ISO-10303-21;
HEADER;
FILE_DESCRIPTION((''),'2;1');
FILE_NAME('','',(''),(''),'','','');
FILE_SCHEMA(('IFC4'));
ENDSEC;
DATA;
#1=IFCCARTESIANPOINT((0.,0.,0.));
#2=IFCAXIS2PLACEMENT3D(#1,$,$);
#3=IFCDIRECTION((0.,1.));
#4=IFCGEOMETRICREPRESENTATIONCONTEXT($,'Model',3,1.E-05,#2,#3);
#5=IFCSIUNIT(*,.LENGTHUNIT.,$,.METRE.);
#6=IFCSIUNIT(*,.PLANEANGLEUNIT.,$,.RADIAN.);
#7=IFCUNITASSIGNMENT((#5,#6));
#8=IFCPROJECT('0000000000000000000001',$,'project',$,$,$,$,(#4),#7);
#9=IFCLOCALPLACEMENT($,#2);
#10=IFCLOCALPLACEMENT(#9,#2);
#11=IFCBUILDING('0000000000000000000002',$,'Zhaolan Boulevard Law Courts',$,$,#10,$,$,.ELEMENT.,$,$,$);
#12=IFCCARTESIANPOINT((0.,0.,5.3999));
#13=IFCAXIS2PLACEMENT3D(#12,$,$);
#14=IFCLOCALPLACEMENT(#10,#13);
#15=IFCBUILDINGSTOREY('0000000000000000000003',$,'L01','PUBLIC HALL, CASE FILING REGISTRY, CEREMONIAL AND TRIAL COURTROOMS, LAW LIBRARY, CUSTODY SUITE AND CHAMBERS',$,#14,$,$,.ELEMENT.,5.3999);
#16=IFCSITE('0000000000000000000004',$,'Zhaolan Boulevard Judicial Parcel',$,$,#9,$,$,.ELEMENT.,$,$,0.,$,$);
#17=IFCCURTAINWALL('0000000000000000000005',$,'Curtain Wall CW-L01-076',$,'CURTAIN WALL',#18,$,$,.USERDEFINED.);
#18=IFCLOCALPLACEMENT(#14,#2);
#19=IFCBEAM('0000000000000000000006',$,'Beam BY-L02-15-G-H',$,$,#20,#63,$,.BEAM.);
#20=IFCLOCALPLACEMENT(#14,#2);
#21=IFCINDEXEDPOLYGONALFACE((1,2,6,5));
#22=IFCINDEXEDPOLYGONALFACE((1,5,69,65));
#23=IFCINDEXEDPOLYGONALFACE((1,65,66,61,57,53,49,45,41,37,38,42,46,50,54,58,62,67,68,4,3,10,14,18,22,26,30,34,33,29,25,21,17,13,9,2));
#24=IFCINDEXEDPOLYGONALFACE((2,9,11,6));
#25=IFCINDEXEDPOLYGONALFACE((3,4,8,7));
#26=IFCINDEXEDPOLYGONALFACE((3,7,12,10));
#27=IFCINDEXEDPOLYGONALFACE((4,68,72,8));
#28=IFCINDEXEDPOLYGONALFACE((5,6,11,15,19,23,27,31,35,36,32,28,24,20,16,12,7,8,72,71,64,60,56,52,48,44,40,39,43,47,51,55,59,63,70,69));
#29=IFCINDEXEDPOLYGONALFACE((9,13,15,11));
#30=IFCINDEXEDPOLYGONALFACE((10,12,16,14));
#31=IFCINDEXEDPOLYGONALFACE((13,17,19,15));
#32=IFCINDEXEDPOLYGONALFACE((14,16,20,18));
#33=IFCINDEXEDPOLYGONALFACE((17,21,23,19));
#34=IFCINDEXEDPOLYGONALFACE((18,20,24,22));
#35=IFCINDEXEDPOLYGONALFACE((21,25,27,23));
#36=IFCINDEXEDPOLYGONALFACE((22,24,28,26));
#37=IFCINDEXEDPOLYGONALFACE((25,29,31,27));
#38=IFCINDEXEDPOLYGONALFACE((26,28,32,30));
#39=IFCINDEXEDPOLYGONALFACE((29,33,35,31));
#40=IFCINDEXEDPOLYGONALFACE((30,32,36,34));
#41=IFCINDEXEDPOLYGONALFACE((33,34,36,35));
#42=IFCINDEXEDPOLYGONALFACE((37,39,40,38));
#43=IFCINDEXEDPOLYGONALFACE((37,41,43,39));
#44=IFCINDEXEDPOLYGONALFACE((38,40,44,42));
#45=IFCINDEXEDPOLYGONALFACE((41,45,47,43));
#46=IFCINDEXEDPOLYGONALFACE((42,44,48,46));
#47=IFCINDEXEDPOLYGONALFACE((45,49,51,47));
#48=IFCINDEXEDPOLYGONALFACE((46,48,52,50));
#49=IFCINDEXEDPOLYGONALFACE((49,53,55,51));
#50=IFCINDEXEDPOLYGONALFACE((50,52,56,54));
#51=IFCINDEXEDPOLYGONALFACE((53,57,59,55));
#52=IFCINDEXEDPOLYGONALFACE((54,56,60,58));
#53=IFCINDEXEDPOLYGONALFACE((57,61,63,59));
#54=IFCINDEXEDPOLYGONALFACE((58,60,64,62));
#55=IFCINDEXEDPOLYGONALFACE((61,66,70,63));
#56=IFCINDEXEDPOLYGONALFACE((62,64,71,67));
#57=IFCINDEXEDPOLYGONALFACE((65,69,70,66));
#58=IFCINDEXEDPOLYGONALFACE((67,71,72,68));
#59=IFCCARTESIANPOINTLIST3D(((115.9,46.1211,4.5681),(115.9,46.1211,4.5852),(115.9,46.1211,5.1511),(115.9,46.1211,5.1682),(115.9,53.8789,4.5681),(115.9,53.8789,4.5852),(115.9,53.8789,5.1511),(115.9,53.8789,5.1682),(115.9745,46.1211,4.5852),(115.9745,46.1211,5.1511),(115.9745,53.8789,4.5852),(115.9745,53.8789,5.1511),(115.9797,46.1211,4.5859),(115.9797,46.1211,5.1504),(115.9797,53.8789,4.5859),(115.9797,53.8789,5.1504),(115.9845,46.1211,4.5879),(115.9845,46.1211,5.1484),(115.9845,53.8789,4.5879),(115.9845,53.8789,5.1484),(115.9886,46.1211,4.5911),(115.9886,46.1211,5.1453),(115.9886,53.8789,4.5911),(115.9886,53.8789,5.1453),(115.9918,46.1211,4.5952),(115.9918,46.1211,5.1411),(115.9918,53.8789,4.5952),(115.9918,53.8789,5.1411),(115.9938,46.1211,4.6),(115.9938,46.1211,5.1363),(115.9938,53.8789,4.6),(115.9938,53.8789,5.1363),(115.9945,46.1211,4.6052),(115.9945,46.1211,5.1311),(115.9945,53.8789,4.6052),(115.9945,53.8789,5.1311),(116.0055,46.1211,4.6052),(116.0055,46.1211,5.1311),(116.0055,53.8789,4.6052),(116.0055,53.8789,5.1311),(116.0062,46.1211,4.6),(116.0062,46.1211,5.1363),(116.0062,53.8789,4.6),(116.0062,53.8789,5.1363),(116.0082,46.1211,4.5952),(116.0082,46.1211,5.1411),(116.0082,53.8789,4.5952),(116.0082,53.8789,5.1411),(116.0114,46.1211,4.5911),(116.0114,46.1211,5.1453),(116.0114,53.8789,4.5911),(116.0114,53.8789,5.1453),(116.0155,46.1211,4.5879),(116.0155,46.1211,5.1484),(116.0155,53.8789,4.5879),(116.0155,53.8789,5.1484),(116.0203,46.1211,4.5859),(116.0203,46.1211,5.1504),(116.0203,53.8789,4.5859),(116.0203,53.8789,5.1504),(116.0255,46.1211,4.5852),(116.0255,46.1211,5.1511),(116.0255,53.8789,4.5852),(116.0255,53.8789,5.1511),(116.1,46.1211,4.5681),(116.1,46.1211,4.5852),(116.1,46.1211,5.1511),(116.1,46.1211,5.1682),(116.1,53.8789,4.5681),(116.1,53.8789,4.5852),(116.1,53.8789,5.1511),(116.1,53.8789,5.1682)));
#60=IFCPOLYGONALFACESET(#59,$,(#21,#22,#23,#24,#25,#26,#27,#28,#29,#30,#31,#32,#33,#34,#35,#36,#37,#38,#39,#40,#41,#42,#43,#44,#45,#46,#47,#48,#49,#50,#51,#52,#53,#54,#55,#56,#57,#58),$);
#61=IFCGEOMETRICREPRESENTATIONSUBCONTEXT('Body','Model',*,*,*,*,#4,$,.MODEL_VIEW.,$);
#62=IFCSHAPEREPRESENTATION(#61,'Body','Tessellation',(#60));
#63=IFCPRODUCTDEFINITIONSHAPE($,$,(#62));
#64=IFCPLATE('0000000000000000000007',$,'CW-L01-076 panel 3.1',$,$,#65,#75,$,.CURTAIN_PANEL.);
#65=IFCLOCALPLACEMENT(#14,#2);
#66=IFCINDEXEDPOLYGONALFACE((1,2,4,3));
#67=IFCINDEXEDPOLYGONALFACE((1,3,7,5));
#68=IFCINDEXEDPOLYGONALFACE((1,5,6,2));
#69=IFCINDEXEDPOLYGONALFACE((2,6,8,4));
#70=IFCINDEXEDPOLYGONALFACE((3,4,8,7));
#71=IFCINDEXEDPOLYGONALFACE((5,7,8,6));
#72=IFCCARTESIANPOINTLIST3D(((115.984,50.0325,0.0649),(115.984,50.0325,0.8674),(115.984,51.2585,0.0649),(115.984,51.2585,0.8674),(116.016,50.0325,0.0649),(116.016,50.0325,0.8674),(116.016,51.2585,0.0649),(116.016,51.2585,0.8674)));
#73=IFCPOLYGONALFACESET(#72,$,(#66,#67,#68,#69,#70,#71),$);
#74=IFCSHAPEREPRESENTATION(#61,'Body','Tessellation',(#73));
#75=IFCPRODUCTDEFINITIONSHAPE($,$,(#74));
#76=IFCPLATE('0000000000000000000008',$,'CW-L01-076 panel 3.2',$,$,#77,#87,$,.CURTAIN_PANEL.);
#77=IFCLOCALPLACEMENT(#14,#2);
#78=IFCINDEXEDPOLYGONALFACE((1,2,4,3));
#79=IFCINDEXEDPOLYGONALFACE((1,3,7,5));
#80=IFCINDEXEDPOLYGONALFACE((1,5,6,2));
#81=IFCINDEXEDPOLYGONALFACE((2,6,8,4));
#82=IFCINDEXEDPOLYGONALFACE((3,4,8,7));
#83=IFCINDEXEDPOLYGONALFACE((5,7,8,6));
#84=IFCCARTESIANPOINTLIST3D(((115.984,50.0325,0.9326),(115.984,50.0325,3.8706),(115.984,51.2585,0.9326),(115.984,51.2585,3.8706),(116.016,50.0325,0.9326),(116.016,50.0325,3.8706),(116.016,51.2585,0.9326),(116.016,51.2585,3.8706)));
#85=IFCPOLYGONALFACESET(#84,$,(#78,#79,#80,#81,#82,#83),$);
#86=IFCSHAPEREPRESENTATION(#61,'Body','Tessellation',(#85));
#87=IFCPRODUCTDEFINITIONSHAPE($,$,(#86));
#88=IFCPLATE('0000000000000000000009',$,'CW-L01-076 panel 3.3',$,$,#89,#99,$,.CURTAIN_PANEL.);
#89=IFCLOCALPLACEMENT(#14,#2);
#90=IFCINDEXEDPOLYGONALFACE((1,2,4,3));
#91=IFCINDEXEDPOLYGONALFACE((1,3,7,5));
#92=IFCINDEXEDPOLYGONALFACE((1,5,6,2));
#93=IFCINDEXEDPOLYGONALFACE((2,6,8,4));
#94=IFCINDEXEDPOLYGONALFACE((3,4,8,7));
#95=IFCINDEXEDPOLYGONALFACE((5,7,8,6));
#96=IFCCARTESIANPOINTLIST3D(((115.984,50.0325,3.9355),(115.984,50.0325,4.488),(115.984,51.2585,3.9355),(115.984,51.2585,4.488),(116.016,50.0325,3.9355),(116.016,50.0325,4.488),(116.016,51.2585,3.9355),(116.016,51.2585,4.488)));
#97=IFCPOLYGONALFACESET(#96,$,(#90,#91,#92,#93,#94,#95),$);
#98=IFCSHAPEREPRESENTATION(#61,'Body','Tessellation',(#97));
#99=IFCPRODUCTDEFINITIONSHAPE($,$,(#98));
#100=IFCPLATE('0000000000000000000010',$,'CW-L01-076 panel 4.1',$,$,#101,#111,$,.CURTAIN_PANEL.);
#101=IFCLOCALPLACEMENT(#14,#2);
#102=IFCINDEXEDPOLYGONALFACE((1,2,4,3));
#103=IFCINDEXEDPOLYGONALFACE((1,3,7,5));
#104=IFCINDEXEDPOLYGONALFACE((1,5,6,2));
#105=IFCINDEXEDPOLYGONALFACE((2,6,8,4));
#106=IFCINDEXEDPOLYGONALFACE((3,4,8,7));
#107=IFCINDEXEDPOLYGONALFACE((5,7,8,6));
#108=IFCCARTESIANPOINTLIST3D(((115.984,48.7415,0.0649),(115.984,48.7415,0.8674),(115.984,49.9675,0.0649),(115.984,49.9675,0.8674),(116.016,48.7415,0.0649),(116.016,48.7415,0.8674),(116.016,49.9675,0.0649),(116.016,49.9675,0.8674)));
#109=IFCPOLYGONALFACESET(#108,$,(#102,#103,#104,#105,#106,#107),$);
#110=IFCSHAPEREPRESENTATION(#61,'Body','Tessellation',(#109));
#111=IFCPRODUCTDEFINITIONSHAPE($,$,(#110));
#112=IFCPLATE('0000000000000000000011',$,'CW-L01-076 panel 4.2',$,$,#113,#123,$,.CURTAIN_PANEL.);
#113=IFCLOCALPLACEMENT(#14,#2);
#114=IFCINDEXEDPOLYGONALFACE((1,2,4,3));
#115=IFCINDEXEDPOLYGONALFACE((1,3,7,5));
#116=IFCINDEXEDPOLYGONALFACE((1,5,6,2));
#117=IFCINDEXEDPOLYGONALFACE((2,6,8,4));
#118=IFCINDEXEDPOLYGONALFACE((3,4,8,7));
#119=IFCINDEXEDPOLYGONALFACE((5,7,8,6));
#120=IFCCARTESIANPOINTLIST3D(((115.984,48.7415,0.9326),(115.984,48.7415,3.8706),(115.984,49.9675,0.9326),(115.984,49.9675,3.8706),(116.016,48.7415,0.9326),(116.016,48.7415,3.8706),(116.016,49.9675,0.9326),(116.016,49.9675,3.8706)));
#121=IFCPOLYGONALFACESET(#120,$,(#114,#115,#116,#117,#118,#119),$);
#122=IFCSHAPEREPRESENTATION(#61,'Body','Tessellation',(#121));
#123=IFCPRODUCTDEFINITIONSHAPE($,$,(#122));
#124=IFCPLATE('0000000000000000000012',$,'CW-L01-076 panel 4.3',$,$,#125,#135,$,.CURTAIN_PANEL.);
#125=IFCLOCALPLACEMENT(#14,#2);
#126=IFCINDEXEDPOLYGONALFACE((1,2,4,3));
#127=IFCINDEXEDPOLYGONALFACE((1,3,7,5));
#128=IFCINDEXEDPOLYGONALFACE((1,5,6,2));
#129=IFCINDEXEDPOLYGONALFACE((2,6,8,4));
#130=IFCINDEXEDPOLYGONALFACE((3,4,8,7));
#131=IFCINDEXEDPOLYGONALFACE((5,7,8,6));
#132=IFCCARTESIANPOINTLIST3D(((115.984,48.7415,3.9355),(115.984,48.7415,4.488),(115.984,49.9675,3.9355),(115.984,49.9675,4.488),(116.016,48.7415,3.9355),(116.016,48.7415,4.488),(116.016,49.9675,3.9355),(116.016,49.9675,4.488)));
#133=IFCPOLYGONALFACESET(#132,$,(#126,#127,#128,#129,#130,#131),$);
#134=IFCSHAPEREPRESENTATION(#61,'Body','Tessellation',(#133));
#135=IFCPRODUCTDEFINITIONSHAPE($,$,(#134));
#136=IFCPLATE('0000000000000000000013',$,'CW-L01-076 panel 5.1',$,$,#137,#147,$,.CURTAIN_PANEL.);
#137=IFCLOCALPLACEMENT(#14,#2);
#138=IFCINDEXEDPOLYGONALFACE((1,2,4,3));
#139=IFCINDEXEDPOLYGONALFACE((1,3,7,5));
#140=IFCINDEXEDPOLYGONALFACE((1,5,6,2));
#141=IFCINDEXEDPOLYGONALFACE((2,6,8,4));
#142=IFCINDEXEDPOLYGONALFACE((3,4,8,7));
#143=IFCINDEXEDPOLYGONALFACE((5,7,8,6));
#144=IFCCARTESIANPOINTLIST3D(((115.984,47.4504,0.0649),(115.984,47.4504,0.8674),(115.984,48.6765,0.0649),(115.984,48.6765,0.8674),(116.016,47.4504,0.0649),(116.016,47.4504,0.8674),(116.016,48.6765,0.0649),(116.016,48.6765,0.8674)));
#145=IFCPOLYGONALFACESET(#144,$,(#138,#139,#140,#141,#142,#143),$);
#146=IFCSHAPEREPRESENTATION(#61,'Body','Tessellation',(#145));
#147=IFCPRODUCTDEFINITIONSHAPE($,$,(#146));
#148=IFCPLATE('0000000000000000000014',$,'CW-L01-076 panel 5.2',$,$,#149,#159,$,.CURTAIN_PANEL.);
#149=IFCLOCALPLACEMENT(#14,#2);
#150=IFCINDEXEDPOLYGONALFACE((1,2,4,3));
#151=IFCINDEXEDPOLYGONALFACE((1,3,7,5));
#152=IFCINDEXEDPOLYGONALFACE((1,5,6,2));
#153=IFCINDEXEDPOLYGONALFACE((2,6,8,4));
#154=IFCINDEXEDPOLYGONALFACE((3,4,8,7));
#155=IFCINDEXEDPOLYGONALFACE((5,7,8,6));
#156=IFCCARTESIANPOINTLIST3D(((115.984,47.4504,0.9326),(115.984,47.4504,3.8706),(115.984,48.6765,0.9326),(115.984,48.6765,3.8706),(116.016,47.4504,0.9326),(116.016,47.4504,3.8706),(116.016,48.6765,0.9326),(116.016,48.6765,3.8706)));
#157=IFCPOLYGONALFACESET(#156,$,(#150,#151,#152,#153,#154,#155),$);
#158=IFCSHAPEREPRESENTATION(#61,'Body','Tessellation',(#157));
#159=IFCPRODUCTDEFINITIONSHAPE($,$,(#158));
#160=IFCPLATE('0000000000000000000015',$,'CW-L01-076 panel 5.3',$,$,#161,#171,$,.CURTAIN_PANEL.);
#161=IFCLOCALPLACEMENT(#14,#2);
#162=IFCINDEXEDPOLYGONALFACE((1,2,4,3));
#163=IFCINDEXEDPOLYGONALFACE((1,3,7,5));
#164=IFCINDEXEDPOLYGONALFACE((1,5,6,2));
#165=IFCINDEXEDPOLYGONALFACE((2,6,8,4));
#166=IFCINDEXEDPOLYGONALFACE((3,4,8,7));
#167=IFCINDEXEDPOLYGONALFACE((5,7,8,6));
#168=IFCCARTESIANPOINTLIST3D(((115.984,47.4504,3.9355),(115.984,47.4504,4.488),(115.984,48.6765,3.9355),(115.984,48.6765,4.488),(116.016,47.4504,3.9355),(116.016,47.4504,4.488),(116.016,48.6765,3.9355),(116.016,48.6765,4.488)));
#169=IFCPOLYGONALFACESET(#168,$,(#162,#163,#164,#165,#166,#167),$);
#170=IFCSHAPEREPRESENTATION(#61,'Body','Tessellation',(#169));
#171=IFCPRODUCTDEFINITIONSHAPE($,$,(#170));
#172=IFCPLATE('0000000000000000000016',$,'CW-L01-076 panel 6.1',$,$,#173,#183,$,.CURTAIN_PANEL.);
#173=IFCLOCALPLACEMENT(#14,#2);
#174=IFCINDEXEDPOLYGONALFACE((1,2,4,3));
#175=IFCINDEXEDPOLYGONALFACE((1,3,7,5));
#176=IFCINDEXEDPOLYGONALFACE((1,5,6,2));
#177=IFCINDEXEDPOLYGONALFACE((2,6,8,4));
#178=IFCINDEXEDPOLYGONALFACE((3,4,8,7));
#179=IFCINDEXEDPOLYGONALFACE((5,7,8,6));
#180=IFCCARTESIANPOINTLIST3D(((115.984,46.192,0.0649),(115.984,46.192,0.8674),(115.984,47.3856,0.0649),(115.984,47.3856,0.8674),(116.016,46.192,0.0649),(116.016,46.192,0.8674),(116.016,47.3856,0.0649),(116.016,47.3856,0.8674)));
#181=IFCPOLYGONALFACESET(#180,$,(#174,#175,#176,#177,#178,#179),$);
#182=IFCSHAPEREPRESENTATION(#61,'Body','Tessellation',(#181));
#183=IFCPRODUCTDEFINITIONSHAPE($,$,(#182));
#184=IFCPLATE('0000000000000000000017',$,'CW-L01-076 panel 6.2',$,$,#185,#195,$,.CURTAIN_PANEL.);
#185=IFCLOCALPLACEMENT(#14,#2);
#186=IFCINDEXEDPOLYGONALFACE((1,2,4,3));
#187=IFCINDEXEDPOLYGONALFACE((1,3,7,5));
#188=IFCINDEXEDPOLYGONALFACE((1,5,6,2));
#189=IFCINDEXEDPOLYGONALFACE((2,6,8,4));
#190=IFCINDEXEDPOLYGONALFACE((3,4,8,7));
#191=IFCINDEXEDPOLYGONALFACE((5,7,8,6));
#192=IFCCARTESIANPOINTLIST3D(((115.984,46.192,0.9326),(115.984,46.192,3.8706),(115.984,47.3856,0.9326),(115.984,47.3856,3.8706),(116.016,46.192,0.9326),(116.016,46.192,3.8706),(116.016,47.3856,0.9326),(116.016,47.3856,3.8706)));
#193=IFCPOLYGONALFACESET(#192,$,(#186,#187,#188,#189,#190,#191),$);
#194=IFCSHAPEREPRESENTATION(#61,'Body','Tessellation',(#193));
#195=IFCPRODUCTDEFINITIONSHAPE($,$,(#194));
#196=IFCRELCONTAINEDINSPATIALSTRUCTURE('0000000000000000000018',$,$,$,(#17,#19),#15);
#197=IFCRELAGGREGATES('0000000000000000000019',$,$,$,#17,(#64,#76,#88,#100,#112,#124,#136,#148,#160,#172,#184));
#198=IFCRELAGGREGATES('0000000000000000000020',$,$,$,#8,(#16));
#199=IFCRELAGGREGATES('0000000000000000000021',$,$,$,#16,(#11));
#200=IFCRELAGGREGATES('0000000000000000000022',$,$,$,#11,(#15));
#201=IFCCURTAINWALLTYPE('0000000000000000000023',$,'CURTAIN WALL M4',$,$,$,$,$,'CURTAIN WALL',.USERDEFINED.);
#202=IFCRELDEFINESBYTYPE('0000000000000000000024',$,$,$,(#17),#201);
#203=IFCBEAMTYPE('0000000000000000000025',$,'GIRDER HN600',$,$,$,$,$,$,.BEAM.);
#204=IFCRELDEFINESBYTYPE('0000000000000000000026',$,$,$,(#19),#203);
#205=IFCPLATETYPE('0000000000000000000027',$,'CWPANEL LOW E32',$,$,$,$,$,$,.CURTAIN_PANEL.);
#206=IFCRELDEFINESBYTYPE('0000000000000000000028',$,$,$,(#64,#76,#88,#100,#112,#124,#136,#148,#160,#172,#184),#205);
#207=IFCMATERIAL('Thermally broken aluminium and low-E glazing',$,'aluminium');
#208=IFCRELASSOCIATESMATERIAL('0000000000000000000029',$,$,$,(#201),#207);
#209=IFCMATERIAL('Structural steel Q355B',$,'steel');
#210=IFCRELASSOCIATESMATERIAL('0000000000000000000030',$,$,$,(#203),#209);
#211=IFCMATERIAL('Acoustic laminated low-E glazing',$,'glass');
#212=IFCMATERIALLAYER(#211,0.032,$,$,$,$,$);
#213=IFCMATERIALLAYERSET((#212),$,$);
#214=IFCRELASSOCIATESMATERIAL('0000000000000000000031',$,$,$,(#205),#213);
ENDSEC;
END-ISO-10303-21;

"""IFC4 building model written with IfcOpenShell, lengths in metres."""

from ifc_helpers import new_model, si_unit, direction, frame, origin, origin_2d, place, context, subcontext, project, spatial, rectangle, i_section, extrude, material, layer, layer_set, material_profile, profile_set, type_object, element, aggregate, save


model = new_model("IFC4")

# Units and contexts
model_context = context("Model", 3, precision=1e-05, world=origin(), true_north=direction((0.0, 1.0)))
body_context = subcontext(model_context, "Body", "Model", "MODEL_VIEW")
ifc_project = project(units=[si_unit("LENGTHUNIT", "METRE"), si_unit("PLANEANGLEUNIT", "RADIAN")], contexts=[model_context])

# Site, building, storey
site_placement = place(None, origin())
site = spatial("IfcSite", under=ifc_project, at=site_placement, Name="Zhaolan Boulevard Judicial Parcel", CompositionType="ELEMENT", RefElevation=0.0)
building_placement = place(site_placement, origin())
building = spatial("IfcBuilding", under=site, at=building_placement, Name="Zhaolan Boulevard Law Courts", CompositionType="ELEMENT")
storey_placement = place(building_placement, frame((0.0, 0.0, 5.3999)))
storey = spatial("IfcBuildingStorey", under=building, at=storey_placement, Name="L01", Description="PUBLIC HALL, CASE FILING REGISTRY, CEREMONIAL AND TRIAL COURTROOMS, LAW LIBRARY, CUSTODY SUITE AND CHAMBERS", CompositionType="ELEMENT", Elevation=5.3999)

# Curtain wall
ifc_material_1 = material(Name="Thermally broken aluminium and low-E glazing", Category="aluminium")
curtain_wall_type_1 = type_object("IfcCurtainWallType", Name="CURTAIN WALL M4", ElementType="CURTAIN WALL", PredefinedType="USERDEFINED", material=ifc_material_1)
curtain_wall_1_placement = place(storey_placement, origin())
curtain_wall_1 = element("IfcCurtainWall", 1, at=curtain_wall_1_placement, inside=storey, type_object=curtain_wall_type_1, Name="Curtain Wall CW-L01-076", ObjectType="CURTAIN WALL", PredefinedType="USERDEFINED")

# Beam
ifc_material_2 = material(Name="Structural steel Q355B", Category="steel")
ifc_material_profile_1 = material_profile(ifc_material_2, i_section(OverallWidth=0.2, OverallDepth=0.6001, WebThickness=0.011, FlangeThickness=0.0171, FilletRadius=0.02, at=origin_2d()), Name="HN600x200")
ifc_profile_set_1 = profile_set([ifc_material_profile_1], Name="Structural steel Q355B")
beam_type = type_object("IfcBeamType", Name="GIRDER HN600", PredefinedType="BEAM", material=ifc_profile_set_1)
beam_placement = place(storey_placement, frame((116.0, 46.1211, 4.8682), z_axis=(0.0, 1.0, 0.0), x_axis=(-1.0, 0.0, 0.0)))
element("IfcBeam", 2, at=beam_placement, inside=storey, type_object=beam_type, Name="Beam BY-L02-15-G-H", PredefinedType="BEAM", context=body_context, shape_type="SweptSolid", body=[
    extrude(i_section(OverallWidth=0.2, OverallDepth=0.6001, WebThickness=0.011, FlangeThickness=0.0171, FilletRadius=0.02, at=origin_2d()), origin(), (0.0, 0.0, 1.0), 7.7578),
])

# Plates
ifc_material_3 = material(Name="Acoustic laminated low-E glazing", Category="glass")
ifc_layer = layer(ifc_material_3, 0.032)
ifc_layer_set = layer_set([ifc_layer])
plate_type = type_object("IfcPlateType", Name="CWPANEL LOW E32", PredefinedType="CURTAIN_PANEL", material=ifc_layer_set)
plate_1_placement = place(storey_placement, frame((116.0, 50.6455, 0.0649), z_axis=(0.0, 0.0, 1.0), x_axis=(0.0, -1.0, 0.0)))
plate_1 = element("IfcPlate", 3, at=plate_1_placement, type_object=plate_type, Name="CW-L01-076 panel 3.1", PredefinedType="CURTAIN_PANEL", context=body_context, shape_type="SweptSolid", body=[
    extrude(rectangle(XDim=1.2261, YDim=0.032, at=origin_2d()), origin(), (0.0, 0.0, 1.0), 0.8025),
])
plate_2_placement = place(storey_placement, frame((116.0, 50.6455, 0.9326), z_axis=(0.0, 0.0, 1.0), x_axis=(0.0, -1.0, 0.0)))
plate_2 = element("IfcPlate", 4, at=plate_2_placement, type_object=plate_type, Name="CW-L01-076 panel 3.2", PredefinedType="CURTAIN_PANEL", context=body_context, shape_type="SweptSolid", body=[
    extrude(rectangle(XDim=1.2261, YDim=0.032, at=origin_2d()), origin(), (0.0, 0.0, 1.0), 2.938),
])
plate_3_placement = place(storey_placement, frame((116.0, 50.6455, 3.9355), z_axis=(0.0, 0.0, 1.0), x_axis=(0.0, -1.0, 0.0)))
plate_3 = element("IfcPlate", 5, at=plate_3_placement, type_object=plate_type, Name="CW-L01-076 panel 3.3", PredefinedType="CURTAIN_PANEL", context=body_context, shape_type="SweptSolid", body=[
    extrude(rectangle(XDim=1.2261, YDim=0.032, at=origin_2d()), origin(), (0.0, 0.0, 1.0), 0.5525),
])
plate_4_placement = place(storey_placement, frame((116.0, 49.3545, 0.0649), z_axis=(0.0, 0.0, 1.0), x_axis=(0.0, -1.0, 0.0)))
plate_4 = element("IfcPlate", 6, at=plate_4_placement, type_object=plate_type, Name="CW-L01-076 panel 4.1", PredefinedType="CURTAIN_PANEL", context=body_context, shape_type="SweptSolid", body=[
    extrude(rectangle(XDim=1.2261, YDim=0.032, at=origin_2d()), origin(), (0.0, 0.0, 1.0), 0.8025),
])
plate_5_placement = place(storey_placement, frame((116.0, 49.3545, 0.9326), z_axis=(0.0, 0.0, 1.0), x_axis=(0.0, -1.0, 0.0)))
plate_5 = element("IfcPlate", 7, at=plate_5_placement, type_object=plate_type, Name="CW-L01-076 panel 4.2", PredefinedType="CURTAIN_PANEL", context=body_context, shape_type="SweptSolid", body=[
    extrude(rectangle(XDim=1.2261, YDim=0.032, at=origin_2d()), origin(), (0.0, 0.0, 1.0), 2.938),
])
plate_6_placement = place(storey_placement, frame((116.0, 49.3545, 3.9355), z_axis=(0.0, 0.0, 1.0), x_axis=(0.0, -1.0, 0.0)))
plate_6 = element("IfcPlate", 8, at=plate_6_placement, type_object=plate_type, Name="CW-L01-076 panel 4.3", PredefinedType="CURTAIN_PANEL", context=body_context, shape_type="SweptSolid", body=[
    extrude(rectangle(XDim=1.2261, YDim=0.032, at=origin_2d()), origin(), (0.0, 0.0, 1.0), 0.5525),
])
plate_7_placement = place(storey_placement, frame((116.0, 48.0635, 0.0649), z_axis=(0.0, 0.0, 1.0), x_axis=(0.0, -1.0, 0.0)))
plate_7 = element("IfcPlate", 9, at=plate_7_placement, type_object=plate_type, Name="CW-L01-076 panel 5.1", PredefinedType="CURTAIN_PANEL", context=body_context, shape_type="SweptSolid", body=[
    extrude(rectangle(XDim=1.2261, YDim=0.032, at=origin_2d()), origin(), (0.0, 0.0, 1.0), 0.8025),
])
plate_8_placement = place(storey_placement, frame((116.0, 48.0635, 0.9326), z_axis=(0.0, 0.0, 1.0), x_axis=(0.0, -1.0, 0.0)))
plate_8 = element("IfcPlate", 10, at=plate_8_placement, type_object=plate_type, Name="CW-L01-076 panel 5.2", PredefinedType="CURTAIN_PANEL", context=body_context, shape_type="SweptSolid", body=[
    extrude(rectangle(XDim=1.2261, YDim=0.032, at=origin_2d()), origin(), (0.0, 0.0, 1.0), 2.938),
])
plate_9_placement = place(storey_placement, frame((116.0, 48.0635, 3.9355), z_axis=(0.0, 0.0, 1.0), x_axis=(0.0, -1.0, 0.0)))
plate_9 = element("IfcPlate", 11, at=plate_9_placement, type_object=plate_type, Name="CW-L01-076 panel 5.3", PredefinedType="CURTAIN_PANEL", context=body_context, shape_type="SweptSolid", body=[
    extrude(rectangle(XDim=1.2261, YDim=0.032, at=origin_2d()), origin(), (0.0, 0.0, 1.0), 0.5525),
])
plate_10_placement = place(storey_placement, frame((116.0, 46.7888, 0.0649), z_axis=(0.0, 0.0, 1.0), x_axis=(0.0, -1.0, 0.0)))
plate_10 = element("IfcPlate", 12, at=plate_10_placement, type_object=plate_type, Name="CW-L01-076 panel 6.1", PredefinedType="CURTAIN_PANEL", context=body_context, shape_type="SweptSolid", body=[
    extrude(rectangle(XDim=1.1936, YDim=0.032, at=origin_2d()), origin(), (0.0, 0.0, 1.0), 0.8025),
])
plate_11_placement = place(storey_placement, frame((116.0, 46.7888, 0.9326), z_axis=(0.0, 0.0, 1.0), x_axis=(0.0, -1.0, 0.0)))
plate_11 = element("IfcPlate", 13, at=plate_11_placement, type_object=plate_type, Name="CW-L01-076 panel 6.2", PredefinedType="CURTAIN_PANEL", context=body_context, shape_type="SweptSolid", body=[
    extrude(rectangle(XDim=1.1936, YDim=0.032, at=origin_2d()), origin(), (0.0, 0.0, 1.0), 2.938),
])
aggregate(curtain_wall_1, [plate_1, plate_2, plate_3, plate_4, plate_5, plate_6, plate_7, plate_8, plate_9, plate_10, plate_11])

save(model, "model.ifc")
